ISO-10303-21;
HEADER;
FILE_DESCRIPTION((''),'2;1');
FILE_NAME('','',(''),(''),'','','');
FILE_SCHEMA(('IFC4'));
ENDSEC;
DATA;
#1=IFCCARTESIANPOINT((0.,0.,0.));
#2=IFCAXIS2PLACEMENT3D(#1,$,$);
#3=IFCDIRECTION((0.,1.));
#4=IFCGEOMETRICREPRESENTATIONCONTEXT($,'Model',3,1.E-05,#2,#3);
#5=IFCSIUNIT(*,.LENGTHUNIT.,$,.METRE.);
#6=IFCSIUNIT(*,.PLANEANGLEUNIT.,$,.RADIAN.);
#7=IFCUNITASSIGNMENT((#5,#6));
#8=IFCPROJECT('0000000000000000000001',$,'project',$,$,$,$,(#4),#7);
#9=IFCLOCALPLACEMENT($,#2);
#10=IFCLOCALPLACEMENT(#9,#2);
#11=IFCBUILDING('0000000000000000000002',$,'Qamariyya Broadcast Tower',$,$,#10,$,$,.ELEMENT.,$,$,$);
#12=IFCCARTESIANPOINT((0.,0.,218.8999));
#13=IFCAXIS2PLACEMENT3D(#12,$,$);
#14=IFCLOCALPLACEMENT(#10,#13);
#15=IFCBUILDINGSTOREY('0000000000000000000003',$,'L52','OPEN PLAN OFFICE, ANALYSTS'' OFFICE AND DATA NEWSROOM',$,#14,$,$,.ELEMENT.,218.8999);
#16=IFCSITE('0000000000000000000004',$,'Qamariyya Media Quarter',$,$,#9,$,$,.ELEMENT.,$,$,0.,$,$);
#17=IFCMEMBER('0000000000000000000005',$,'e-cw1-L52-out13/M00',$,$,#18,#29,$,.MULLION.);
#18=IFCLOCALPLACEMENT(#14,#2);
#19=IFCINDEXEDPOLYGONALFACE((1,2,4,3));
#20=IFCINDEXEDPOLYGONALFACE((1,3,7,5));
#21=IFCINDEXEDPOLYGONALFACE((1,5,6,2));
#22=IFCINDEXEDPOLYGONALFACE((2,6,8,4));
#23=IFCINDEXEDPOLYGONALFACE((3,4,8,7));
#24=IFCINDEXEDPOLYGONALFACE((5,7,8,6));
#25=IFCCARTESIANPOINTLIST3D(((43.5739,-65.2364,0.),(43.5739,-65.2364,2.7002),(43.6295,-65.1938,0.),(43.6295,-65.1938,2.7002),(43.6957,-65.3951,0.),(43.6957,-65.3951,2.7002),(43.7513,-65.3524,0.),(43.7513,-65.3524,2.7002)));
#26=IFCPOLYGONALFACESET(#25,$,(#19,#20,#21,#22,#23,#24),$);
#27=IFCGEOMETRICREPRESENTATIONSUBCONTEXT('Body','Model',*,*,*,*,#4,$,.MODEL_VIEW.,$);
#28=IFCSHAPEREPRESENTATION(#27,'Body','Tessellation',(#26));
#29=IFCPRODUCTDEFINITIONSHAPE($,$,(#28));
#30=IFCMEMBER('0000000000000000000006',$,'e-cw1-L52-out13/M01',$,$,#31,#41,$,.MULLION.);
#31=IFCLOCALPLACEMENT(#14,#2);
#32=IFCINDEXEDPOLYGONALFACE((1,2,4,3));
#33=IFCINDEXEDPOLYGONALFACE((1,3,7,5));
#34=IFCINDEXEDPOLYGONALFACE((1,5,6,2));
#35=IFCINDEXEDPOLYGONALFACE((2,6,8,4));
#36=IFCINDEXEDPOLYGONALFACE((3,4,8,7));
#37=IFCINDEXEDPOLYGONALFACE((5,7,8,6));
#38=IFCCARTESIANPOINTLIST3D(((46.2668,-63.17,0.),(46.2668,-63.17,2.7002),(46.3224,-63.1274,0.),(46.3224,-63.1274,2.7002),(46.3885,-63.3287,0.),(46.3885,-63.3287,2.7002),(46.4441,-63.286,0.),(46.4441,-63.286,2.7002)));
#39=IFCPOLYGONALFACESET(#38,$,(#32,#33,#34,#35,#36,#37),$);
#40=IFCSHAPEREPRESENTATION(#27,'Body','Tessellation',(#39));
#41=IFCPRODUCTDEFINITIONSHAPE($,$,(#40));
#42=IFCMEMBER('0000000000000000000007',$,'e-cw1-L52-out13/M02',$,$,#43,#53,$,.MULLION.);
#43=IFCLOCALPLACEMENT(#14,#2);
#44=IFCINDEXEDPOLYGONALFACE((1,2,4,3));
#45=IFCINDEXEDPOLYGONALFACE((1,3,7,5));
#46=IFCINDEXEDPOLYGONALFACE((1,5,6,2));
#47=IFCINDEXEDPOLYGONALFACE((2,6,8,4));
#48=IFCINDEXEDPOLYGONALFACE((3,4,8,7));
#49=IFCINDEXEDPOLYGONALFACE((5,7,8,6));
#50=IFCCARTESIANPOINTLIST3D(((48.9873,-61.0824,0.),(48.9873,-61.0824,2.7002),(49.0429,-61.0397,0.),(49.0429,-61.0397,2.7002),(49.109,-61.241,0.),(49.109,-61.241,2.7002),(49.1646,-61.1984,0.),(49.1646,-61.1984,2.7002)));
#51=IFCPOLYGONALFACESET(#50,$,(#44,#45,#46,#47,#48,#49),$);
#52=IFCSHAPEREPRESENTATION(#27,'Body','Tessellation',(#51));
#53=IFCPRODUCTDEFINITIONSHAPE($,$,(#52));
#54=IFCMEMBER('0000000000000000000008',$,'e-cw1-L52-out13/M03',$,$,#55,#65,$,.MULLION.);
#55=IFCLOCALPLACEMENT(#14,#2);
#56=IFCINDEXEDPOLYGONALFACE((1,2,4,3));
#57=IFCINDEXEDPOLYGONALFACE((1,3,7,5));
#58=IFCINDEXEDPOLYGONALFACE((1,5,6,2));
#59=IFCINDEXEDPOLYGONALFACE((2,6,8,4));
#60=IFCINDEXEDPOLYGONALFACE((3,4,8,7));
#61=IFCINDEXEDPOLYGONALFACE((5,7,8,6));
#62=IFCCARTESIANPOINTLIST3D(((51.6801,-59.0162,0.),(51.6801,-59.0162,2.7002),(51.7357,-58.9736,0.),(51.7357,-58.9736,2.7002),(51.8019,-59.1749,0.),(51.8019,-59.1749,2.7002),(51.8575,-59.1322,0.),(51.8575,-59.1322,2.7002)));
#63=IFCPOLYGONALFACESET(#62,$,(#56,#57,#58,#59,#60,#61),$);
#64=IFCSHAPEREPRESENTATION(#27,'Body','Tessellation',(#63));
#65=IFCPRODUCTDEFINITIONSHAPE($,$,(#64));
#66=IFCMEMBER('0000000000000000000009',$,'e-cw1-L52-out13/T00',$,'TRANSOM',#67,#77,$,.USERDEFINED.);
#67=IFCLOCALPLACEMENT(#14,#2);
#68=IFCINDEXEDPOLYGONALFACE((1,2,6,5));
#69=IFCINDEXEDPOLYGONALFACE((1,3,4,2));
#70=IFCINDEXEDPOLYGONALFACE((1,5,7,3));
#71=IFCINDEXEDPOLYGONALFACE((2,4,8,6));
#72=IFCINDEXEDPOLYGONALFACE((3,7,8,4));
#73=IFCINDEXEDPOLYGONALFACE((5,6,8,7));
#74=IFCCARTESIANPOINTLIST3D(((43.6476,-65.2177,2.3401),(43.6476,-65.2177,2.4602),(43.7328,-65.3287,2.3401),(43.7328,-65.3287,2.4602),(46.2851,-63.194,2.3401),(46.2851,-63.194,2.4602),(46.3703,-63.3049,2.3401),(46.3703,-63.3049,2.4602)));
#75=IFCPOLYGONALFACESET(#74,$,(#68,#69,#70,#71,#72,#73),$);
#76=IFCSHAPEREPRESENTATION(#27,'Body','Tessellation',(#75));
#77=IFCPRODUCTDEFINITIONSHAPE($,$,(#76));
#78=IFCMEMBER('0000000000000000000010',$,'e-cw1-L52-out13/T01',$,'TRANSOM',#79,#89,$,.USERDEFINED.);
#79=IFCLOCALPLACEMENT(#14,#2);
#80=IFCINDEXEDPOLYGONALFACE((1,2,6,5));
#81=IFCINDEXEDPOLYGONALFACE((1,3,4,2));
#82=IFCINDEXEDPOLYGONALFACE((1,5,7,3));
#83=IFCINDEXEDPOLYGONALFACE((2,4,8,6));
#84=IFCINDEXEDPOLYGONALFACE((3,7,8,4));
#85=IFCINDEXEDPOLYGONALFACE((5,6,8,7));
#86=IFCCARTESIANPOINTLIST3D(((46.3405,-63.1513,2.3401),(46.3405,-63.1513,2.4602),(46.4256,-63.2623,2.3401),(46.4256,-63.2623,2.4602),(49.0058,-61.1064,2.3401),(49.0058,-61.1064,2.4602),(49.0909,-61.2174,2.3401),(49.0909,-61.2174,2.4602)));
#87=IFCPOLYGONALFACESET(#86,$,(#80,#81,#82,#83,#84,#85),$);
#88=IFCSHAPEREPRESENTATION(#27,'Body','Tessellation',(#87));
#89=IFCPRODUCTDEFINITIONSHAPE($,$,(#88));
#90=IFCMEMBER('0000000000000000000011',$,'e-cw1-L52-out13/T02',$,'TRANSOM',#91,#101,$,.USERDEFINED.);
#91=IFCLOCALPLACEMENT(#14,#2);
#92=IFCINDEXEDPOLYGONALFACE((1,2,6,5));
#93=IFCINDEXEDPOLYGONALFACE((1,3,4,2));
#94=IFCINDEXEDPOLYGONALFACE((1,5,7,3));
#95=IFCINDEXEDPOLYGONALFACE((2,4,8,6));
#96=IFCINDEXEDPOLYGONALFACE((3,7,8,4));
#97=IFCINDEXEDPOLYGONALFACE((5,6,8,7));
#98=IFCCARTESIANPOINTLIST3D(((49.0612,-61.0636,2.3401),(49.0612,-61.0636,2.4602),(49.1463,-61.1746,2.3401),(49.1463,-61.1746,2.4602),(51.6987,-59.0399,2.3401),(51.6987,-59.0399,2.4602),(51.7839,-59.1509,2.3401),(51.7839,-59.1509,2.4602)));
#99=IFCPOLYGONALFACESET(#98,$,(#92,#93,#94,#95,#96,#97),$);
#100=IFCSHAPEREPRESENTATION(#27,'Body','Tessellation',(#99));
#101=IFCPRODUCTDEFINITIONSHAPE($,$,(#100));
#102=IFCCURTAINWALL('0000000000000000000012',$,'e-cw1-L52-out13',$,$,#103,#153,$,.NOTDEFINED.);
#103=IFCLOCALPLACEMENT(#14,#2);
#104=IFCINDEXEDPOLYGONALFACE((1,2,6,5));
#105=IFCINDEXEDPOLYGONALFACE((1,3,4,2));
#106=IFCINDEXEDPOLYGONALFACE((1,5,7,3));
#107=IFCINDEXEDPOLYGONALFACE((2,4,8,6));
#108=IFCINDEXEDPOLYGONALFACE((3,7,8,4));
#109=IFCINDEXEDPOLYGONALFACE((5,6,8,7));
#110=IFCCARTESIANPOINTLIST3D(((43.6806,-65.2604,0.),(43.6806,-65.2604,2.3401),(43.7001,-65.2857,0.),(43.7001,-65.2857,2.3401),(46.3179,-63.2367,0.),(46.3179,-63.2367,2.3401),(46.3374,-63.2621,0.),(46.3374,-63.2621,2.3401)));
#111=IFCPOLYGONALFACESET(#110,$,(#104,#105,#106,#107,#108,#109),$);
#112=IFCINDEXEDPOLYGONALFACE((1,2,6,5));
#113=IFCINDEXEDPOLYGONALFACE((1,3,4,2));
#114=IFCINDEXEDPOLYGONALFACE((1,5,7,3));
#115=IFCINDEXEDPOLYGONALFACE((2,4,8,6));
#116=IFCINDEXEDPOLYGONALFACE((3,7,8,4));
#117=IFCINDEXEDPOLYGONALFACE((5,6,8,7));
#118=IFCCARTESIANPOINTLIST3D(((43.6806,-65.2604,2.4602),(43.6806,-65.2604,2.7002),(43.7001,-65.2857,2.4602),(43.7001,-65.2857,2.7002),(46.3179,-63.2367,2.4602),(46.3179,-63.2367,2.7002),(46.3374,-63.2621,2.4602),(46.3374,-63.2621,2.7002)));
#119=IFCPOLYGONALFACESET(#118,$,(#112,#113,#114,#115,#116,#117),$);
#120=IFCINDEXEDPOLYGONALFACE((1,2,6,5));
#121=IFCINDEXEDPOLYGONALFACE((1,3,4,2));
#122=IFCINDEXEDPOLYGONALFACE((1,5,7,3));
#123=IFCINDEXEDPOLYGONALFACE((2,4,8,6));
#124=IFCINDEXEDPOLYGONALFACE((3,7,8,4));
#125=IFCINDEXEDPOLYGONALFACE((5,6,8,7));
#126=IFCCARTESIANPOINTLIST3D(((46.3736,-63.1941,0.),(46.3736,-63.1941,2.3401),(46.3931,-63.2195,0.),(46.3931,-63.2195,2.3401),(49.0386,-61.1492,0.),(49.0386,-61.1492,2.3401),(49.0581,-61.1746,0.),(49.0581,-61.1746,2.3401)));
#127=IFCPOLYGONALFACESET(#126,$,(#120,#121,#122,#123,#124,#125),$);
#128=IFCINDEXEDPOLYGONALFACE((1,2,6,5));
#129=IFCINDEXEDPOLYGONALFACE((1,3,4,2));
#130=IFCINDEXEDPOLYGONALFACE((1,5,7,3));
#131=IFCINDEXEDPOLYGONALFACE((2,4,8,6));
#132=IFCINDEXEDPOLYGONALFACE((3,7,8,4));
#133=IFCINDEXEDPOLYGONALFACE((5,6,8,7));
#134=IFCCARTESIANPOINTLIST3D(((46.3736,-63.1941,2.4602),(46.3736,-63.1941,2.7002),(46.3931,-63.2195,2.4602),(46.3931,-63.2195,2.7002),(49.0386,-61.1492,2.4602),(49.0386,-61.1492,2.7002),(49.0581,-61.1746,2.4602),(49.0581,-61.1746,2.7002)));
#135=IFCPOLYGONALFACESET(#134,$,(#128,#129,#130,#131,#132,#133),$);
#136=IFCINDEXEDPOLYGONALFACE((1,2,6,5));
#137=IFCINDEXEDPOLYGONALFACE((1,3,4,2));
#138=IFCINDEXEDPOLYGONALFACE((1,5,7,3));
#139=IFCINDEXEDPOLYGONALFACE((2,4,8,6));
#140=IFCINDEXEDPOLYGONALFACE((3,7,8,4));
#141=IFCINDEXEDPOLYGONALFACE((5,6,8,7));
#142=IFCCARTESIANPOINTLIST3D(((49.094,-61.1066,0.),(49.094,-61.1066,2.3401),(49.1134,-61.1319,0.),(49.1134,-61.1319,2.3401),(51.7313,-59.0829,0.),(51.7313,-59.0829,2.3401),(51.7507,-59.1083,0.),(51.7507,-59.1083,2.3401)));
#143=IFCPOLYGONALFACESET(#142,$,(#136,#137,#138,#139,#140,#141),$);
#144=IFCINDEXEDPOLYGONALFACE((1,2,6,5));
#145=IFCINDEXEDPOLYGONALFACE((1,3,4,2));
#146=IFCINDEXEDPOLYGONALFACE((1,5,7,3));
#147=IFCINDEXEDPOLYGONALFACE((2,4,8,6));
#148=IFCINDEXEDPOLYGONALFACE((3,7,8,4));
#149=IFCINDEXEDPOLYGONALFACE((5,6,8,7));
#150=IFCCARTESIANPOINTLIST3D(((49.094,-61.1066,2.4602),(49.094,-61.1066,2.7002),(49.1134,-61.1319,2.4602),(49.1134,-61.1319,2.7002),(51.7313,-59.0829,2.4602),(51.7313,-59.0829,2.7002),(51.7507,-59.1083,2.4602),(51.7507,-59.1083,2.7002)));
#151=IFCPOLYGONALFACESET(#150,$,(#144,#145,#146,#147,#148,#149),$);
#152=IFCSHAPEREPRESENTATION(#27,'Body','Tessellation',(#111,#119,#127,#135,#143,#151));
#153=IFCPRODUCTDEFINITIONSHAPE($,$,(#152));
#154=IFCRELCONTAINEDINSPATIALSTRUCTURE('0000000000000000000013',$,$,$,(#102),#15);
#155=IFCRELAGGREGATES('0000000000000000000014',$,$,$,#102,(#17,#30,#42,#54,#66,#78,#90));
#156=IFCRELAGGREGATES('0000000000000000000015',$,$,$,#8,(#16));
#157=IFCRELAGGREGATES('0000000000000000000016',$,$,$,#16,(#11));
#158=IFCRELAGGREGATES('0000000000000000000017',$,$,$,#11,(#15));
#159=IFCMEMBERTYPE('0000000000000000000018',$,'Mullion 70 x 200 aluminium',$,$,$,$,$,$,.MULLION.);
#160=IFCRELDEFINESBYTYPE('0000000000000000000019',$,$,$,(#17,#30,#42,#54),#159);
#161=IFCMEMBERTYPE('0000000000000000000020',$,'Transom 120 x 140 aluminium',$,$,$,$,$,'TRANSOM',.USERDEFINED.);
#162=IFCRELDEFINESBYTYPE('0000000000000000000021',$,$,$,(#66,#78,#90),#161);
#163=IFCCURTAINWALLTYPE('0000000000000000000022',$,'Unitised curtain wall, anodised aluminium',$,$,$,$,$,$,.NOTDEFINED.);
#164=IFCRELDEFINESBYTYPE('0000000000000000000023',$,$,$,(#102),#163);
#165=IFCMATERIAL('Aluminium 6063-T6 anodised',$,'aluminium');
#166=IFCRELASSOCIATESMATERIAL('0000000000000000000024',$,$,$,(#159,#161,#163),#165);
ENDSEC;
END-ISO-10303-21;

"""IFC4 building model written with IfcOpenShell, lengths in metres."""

from ifc_helpers import new_model, si_unit, direction, frame, origin, origin_2d, place, context, subcontext, project, spatial, rectangle, extrude, material, material_profile, profile_set, type_object, element, aggregate, save


model = new_model("IFC4")

# Units and contexts
model_context = context("Model", 3, precision=1e-05, world=origin(), true_north=direction((0.0, 1.0)))
body_context = subcontext(model_context, "Body", "Model", "MODEL_VIEW")
ifc_project = project(units=[si_unit("LENGTHUNIT", "METRE"), si_unit("PLANEANGLEUNIT", "RADIAN")], contexts=[model_context])

# Members
ifc_material = material(Name="Aluminium 6063-T6 anodised", Category="aluminium")
ifc_material_profile_1 = material_profile(ifc_material, rectangle(XDim=0.2, YDim=0.0701, at=origin_2d()))
ifc_profile_set_1 = profile_set([ifc_material_profile_1], Name="Aluminium 6063-T6 anodised")
member_type_1 = type_object("IfcMemberType", Name="Mullion 70 x 200 aluminium", PredefinedType="MULLION", material=ifc_profile_set_1)
site_placement = place(None, origin())
building_placement = place(site_placement, origin())
storey_placement = place(building_placement, frame((0.0, 0.0, 218.8999)))
member_1_placement = place(storey_placement, frame((43.6626, -65.2944, 0.0), z_axis=(0.0, 0.0, 1.0), x_axis=(-0.608761, 0.793353, 0.0)))
member_1 = element("IfcMember", 1, at=member_1_placement, type_object=member_type_1, Name="e-cw1-L52-out13/M00", PredefinedType="MULLION", context=body_context, shape_type="SweptSolid", body=[
    extrude(rectangle(XDim=0.2, YDim=0.0701, at=origin_2d()), origin(), (0.0, 0.0, 1.0), 2.7002),
])
member_2_placement = place(storey_placement, frame((46.3555, -63.228, 0.0), z_axis=(0.0, 0.0, 1.0), x_axis=(-0.608761, 0.793353, 0.0)))
member_2 = element("IfcMember", 2, at=member_2_placement, type_object=member_type_1, Name="e-cw1-L52-out13/M01", PredefinedType="MULLION", context=body_context, shape_type="SweptSolid", body=[
    extrude(rectangle(XDim=0.2, YDim=0.0701, at=origin_2d()), origin(), (0.0, 0.0, 1.0), 2.7002),
])
member_3_placement = place(storey_placement, frame((49.0759, -61.1404, 0.0), z_axis=(0.0, 0.0, 1.0), x_axis=(-0.608761, 0.793353, 0.0)))
member_3 = element("IfcMember", 3, at=member_3_placement, type_object=member_type_1, Name="e-cw1-L52-out13/M02", PredefinedType="MULLION", context=body_context, shape_type="SweptSolid", body=[
    extrude(rectangle(XDim=0.2, YDim=0.0701, at=origin_2d()), origin(), (0.0, 0.0, 1.0), 2.7002),
])
member_4_placement = place(storey_placement, frame((51.7688, -59.0742, 0.0), z_axis=(0.0, 0.0, 1.0), x_axis=(-0.608761, 0.793353, 0.0)))
member_4 = element("IfcMember", 4, at=member_4_placement, type_object=member_type_1, Name="e-cw1-L52-out13/M03", PredefinedType="MULLION", context=body_context, shape_type="SweptSolid", body=[
    extrude(rectangle(XDim=0.2, YDim=0.0701, at=origin_2d()), origin(), (0.0, 0.0, 1.0), 2.7002),
])
ifc_material_profile_2 = material_profile(ifc_material, rectangle(XDim=0.1399, YDim=0.1201, at=origin_2d()))
ifc_profile_set_2 = profile_set([ifc_material_profile_2], Name="Aluminium 6063-T6 anodised")
member_type_2 = type_object("IfcMemberType", Name="Transom 120 x 140 aluminium", ElementType="TRANSOM", PredefinedType="USERDEFINED", material=ifc_profile_set_2)
member_5_placement = place(storey_placement, frame((43.6902, -65.2732, 2.4001), z_axis=(0.793369, 0.608741, 0.0), x_axis=(-0.608741, 0.793369, 0.0)))
member_5 = element("IfcMember", 5, at=member_5_placement, type_object=member_type_2, Name="e-cw1-L52-out13/T00", ObjectType="TRANSOM", PredefinedType="USERDEFINED", context=body_context, shape_type="SweptSolid", body=[
    extrude(rectangle(XDim=0.1399, YDim=0.1201, at=origin_2d()), origin(), (0.0, 0.0, 1.0), 3.3245),
])
member_6_placement = place(storey_placement, frame((46.3831, -63.2068, 2.4001), z_axis=(0.793385, 0.60872, 0.0), x_axis=(-0.60872, 0.793385, 0.0)))
member_6 = element("IfcMember", 6, at=member_6_placement, type_object=member_type_2, Name="e-cw1-L52-out13/T01", ObjectType="TRANSOM", PredefinedType="USERDEFINED", context=body_context, shape_type="SweptSolid", body=[
    extrude(rectangle(XDim=0.1399, YDim=0.1201, at=origin_2d()), origin(), (0.0, 0.0, 1.0), 3.3594),
])
member_7_placement = place(storey_placement, frame((49.1038, -61.1191, 2.4001), z_axis=(0.793369, 0.608741, 0.0), x_axis=(-0.608741, 0.793369, 0.0)))
member_7 = element("IfcMember", 7, at=member_7_placement, type_object=member_type_2, Name="e-cw1-L52-out13/T02", ObjectType="TRANSOM", PredefinedType="USERDEFINED", context=body_context, shape_type="SweptSolid", body=[
    extrude(rectangle(XDim=0.1399, YDim=0.1201, at=origin_2d()), origin(), (0.0, 0.0, 1.0), 3.3245),
])

# Site, building, storey
site = spatial("IfcSite", under=ifc_project, at=site_placement, Name="Qamariyya Media Quarter", CompositionType="ELEMENT", RefElevation=0.0)
building = spatial("IfcBuilding", under=site, at=building_placement, Name="Qamariyya Broadcast Tower", CompositionType="ELEMENT")
storey = spatial("IfcBuildingStorey", under=building, at=storey_placement, Name="L52", Description="OPEN PLAN OFFICE, ANALYSTS' OFFICE AND DATA NEWSROOM", CompositionType="ELEMENT", Elevation=218.8999)

# Curtain wall
curtain_wall_type = type_object("IfcCurtainWallType", Name="Unitised curtain wall, anodised aluminium", PredefinedType="NOTDEFINED", material=ifc_material)
curtain_wall_1_placement = place(storey_placement, origin())
curtain_wall_1 = element("IfcCurtainWall", 8, at=curtain_wall_1_placement, inside=storey, type_object=curtain_wall_type, Name="e-cw1-L52-out13", PredefinedType="NOTDEFINED", context=body_context, shape_type="SweptSolid", body=[
    extrude(rectangle(XDim=3.3242, YDim=0.032, at=origin_2d()), frame((45.009, -64.2612, 0.0), x_axis=(0.793359, 0.608754, 0.0)), (0.0, 0.0, 1.0), 2.3401),
    extrude(rectangle(XDim=3.3242, YDim=0.032, at=origin_2d()), frame((45.009, -64.2612, 2.4602), x_axis=(0.793359, 0.608754, 0.0)), (0.0, 0.0, 1.0), 0.24),
    extrude(rectangle(XDim=3.3591, YDim=0.032, at=origin_2d()), frame((47.7158, -62.1843, 0.0), x_axis=(0.793359, 0.608754, 0.0)), (0.0, 0.0, 1.0), 2.3401),
    extrude(rectangle(XDim=3.3591, YDim=0.032, at=origin_2d()), frame((47.7158, -62.1843, 2.4602), x_axis=(0.793359, 0.608754, 0.0)), (0.0, 0.0, 1.0), 0.24),
    extrude(rectangle(XDim=3.3242, YDim=0.032, at=origin_2d()), frame((50.4224, -60.1074, 0.0), x_axis=(0.793359, 0.608754, 0.0)), (0.0, 0.0, 1.0), 2.3401),
    extrude(rectangle(XDim=3.3242, YDim=0.032, at=origin_2d()), frame((50.4224, -60.1074, 2.4602), x_axis=(0.793359, 0.608754, 0.0)), (0.0, 0.0, 1.0), 0.24),
])
aggregate(curtain_wall_1, [member_1, member_2, member_3, member_4, member_5, member_6, member_7])

save(model, "model.ifc")
